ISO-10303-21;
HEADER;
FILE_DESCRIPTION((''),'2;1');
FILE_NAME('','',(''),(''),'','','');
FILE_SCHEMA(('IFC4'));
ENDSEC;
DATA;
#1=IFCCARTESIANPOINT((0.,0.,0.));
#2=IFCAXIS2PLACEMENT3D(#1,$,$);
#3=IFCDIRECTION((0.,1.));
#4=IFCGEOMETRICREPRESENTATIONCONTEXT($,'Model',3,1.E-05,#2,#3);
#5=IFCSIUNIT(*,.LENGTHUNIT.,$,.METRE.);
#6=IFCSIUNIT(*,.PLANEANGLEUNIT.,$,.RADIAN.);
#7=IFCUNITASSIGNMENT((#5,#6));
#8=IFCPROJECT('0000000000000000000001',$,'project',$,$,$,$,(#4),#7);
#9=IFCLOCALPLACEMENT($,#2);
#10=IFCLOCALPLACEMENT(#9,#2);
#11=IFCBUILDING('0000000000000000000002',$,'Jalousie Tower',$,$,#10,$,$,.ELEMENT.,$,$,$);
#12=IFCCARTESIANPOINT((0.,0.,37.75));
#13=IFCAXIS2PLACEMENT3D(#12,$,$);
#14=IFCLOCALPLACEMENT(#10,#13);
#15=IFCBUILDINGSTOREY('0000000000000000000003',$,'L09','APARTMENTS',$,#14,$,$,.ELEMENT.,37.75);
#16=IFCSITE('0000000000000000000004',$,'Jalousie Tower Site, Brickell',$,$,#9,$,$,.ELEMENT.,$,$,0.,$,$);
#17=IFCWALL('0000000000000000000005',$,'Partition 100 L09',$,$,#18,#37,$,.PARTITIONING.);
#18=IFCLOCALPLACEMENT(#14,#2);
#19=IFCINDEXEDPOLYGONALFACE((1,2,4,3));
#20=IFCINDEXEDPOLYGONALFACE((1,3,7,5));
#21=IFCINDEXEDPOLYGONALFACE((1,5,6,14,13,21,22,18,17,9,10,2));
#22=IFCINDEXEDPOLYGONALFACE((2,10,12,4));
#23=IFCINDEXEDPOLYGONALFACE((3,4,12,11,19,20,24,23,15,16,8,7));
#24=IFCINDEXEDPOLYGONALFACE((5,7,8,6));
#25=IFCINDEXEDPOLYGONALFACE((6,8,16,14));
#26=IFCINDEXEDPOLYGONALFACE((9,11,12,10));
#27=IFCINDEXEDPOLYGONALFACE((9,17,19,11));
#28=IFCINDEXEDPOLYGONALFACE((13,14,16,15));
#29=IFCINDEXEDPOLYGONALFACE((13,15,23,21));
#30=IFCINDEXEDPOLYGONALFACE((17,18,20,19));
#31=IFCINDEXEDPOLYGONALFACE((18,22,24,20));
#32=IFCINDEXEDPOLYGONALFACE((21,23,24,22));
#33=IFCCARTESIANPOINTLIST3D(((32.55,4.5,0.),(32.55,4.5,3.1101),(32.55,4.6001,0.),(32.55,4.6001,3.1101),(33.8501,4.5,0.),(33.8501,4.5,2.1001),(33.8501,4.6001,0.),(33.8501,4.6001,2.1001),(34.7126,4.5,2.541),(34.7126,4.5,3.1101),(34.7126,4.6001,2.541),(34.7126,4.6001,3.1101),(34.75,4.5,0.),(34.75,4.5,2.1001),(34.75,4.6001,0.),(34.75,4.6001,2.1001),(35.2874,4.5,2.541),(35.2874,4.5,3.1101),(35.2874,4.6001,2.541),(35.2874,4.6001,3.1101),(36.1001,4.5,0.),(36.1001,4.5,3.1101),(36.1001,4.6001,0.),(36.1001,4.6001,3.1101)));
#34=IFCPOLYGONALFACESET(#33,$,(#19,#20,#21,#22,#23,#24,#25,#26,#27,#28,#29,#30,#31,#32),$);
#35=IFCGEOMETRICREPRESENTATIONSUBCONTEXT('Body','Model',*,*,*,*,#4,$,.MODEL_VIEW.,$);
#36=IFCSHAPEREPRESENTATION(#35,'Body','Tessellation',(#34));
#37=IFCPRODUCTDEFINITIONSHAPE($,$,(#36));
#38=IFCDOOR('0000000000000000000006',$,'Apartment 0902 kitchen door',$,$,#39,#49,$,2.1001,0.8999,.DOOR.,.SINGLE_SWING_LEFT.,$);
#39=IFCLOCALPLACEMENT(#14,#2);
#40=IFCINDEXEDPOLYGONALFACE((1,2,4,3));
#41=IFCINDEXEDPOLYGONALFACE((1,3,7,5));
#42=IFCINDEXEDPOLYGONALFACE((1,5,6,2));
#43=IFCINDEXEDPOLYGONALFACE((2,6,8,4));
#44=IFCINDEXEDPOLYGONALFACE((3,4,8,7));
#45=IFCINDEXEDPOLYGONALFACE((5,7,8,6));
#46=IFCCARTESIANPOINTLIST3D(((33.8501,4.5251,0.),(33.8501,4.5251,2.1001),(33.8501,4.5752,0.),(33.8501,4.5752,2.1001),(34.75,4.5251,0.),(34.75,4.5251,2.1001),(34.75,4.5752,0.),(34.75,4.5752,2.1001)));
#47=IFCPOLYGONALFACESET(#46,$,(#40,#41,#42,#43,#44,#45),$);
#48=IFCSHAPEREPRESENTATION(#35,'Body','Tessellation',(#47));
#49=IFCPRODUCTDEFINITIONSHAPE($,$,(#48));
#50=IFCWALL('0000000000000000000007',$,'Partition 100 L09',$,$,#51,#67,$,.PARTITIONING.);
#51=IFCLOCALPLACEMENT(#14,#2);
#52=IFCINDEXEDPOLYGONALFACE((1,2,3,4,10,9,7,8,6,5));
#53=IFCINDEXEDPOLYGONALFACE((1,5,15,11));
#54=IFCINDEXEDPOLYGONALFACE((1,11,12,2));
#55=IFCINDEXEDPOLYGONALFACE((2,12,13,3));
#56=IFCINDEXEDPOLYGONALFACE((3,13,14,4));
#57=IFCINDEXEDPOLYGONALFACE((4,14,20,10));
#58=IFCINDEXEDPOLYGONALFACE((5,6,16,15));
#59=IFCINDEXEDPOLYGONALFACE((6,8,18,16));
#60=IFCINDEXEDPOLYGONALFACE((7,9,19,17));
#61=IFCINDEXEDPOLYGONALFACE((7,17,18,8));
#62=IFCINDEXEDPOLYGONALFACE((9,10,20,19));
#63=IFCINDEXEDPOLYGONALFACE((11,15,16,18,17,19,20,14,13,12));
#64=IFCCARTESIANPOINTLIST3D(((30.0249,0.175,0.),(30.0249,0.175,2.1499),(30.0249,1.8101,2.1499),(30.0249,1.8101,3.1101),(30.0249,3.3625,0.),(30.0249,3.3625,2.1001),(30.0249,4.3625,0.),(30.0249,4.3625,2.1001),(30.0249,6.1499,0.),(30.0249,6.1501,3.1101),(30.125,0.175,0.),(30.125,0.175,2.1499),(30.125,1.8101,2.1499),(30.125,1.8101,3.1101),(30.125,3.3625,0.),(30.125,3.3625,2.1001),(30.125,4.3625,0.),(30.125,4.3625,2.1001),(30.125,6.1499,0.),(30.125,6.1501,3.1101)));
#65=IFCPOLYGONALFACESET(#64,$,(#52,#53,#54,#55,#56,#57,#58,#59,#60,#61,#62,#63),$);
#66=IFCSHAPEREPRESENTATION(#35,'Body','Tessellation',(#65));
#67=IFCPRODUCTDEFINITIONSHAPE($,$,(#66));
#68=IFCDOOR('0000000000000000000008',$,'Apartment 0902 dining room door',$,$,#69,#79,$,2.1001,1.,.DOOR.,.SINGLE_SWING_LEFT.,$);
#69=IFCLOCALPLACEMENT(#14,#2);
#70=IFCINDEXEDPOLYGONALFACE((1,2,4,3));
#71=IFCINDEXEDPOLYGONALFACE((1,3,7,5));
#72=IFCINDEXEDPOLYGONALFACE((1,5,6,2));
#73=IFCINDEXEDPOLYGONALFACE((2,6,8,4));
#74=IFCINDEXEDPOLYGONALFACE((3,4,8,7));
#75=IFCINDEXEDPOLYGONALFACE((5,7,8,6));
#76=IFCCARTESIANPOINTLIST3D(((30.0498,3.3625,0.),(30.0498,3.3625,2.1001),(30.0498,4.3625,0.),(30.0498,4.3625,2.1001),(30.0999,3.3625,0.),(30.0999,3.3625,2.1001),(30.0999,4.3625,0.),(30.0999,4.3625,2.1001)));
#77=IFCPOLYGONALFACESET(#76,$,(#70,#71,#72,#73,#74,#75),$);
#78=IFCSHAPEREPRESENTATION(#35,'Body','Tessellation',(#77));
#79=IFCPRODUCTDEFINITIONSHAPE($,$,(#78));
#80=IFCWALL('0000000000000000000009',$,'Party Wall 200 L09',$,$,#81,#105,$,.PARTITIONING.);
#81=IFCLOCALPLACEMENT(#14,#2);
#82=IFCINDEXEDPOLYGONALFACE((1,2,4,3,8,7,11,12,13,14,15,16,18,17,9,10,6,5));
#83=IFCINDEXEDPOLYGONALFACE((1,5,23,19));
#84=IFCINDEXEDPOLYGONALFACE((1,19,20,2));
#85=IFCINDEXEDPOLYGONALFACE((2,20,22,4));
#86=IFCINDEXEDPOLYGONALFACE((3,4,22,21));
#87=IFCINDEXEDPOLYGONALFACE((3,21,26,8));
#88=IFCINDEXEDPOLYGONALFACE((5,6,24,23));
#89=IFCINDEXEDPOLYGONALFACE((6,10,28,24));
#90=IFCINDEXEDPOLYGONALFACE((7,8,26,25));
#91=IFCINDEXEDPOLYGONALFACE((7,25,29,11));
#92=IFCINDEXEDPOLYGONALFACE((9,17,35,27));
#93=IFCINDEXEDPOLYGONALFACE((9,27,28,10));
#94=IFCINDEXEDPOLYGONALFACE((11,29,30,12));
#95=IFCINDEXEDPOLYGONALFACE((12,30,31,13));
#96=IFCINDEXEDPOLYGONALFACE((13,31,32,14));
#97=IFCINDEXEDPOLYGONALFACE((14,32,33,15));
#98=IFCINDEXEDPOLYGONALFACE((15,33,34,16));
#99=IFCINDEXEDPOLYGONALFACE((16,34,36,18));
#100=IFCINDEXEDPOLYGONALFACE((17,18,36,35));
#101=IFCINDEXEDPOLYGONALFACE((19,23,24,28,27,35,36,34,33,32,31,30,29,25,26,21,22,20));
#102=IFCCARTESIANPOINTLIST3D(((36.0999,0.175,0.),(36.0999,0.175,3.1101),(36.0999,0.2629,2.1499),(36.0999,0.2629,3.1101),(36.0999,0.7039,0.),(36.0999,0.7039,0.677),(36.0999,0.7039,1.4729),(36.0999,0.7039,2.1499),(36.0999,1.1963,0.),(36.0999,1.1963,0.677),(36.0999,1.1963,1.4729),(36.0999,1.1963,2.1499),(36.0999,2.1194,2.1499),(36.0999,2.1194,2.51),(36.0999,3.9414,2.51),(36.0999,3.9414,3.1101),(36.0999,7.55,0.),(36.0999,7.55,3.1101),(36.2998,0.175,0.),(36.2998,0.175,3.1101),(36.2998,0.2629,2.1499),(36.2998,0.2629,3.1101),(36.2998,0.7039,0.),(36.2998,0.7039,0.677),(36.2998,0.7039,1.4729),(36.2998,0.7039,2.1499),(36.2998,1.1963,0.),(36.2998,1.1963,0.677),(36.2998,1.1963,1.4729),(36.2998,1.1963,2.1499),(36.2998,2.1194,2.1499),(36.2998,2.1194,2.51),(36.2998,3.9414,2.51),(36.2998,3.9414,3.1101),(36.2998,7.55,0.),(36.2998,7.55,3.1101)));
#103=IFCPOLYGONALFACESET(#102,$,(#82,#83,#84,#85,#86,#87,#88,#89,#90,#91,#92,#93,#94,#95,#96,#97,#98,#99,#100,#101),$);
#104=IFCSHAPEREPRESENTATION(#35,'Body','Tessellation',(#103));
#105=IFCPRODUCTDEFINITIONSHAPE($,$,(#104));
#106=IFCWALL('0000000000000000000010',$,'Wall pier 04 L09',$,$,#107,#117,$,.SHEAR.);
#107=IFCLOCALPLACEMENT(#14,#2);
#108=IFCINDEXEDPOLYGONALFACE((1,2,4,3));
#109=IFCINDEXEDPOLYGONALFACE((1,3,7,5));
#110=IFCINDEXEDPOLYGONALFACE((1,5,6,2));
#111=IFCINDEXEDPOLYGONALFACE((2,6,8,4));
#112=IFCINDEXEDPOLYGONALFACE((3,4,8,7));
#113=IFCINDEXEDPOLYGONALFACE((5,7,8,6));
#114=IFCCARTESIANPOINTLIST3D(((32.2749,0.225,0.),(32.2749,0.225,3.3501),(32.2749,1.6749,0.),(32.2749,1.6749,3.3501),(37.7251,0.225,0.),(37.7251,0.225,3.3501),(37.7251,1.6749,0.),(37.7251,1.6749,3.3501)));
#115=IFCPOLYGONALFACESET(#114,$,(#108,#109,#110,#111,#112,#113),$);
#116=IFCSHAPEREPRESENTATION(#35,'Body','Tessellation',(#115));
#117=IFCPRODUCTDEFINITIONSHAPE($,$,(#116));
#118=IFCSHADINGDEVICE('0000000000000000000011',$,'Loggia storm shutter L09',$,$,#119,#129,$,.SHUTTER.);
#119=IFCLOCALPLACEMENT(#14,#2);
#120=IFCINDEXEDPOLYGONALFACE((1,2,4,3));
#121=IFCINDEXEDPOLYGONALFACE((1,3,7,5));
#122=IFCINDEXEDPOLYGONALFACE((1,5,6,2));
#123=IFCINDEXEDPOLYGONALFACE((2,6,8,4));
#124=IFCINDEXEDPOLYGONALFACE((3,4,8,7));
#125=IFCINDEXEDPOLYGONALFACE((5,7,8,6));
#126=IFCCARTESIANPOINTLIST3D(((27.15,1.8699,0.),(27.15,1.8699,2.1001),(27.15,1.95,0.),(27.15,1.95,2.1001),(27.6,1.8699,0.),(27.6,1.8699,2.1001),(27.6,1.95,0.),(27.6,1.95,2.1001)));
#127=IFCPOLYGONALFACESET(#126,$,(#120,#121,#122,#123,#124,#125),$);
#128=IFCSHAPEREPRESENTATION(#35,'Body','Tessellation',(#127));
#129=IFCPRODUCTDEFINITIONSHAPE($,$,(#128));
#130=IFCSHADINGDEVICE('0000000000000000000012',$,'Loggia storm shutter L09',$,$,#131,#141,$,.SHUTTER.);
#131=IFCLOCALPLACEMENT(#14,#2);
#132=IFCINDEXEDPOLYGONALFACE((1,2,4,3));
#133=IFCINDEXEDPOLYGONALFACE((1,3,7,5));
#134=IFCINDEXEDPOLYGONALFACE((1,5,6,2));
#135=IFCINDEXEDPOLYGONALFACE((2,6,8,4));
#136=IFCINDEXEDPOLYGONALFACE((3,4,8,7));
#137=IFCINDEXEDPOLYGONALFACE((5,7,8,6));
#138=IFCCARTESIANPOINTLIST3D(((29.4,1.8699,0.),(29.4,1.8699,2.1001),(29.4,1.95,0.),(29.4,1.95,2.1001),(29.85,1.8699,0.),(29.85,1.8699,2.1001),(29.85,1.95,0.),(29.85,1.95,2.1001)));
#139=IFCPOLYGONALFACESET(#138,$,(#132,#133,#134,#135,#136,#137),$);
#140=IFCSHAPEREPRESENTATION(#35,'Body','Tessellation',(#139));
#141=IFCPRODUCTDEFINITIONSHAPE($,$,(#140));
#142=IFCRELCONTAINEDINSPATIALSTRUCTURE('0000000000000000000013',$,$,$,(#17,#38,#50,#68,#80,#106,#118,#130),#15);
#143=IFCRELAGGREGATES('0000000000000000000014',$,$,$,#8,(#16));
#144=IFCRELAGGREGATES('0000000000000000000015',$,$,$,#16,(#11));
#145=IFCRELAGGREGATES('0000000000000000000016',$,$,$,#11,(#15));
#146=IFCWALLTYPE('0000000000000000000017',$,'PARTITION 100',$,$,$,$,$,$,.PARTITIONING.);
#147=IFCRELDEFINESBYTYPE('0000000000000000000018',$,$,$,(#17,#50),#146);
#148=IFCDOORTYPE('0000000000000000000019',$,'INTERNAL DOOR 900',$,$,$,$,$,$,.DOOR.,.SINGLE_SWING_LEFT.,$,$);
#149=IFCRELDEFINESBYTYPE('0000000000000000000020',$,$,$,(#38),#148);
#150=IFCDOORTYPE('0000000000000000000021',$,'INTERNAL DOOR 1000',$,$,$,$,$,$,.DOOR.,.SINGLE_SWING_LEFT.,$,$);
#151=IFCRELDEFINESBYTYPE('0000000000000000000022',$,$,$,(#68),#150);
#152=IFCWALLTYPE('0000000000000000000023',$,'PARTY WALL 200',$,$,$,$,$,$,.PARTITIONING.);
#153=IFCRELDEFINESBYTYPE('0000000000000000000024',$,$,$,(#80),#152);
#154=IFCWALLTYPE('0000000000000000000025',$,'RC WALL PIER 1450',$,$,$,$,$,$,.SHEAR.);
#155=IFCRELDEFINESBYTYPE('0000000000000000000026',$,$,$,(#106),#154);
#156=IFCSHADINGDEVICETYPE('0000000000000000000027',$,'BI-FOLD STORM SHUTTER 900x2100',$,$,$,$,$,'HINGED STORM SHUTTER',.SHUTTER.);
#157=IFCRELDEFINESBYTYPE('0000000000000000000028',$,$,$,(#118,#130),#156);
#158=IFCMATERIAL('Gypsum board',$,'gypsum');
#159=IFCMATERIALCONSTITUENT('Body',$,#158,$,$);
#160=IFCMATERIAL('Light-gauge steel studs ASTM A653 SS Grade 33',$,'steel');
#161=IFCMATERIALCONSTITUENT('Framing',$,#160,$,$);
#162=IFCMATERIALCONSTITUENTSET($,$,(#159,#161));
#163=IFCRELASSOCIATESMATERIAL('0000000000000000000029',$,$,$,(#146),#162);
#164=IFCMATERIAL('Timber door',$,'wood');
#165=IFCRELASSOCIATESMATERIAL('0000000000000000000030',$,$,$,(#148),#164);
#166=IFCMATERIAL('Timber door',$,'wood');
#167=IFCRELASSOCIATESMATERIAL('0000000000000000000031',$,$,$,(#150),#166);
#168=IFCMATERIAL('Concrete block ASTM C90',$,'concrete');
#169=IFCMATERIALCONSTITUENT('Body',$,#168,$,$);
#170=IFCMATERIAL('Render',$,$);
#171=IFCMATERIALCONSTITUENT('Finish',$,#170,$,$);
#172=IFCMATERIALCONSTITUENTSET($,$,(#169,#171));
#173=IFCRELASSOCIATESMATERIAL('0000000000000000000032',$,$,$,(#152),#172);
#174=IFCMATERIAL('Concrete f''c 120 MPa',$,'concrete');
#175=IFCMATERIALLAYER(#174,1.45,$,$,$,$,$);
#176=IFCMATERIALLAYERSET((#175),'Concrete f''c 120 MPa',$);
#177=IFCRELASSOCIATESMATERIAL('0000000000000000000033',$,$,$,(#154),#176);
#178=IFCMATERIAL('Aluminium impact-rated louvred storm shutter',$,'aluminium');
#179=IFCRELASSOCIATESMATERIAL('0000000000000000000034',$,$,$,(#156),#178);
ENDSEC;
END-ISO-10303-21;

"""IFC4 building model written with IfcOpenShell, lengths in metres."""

from ifc_helpers import new_model, si_unit, direction, frame, frame_2d, origin, origin_2d, place, context, subcontext, project, spatial, polyline, rectangle, outline, extrude, material, layer, layer_set, constituent, constituent_set, type_object, element, fill, save


model = new_model("IFC4")

# Units and contexts
model_context = context("Model", 3, precision=1e-05, world=origin(), true_north=direction((0.0, 1.0)))
body_context = subcontext(model_context, "Body", "Model", "MODEL_VIEW")
ifc_project = project(units=[si_unit("LENGTHUNIT", "METRE"), si_unit("PLANEANGLEUNIT", "RADIAN")], contexts=[model_context])

# Site, building, storey
site_placement = place(None, origin())
site = spatial("IfcSite", under=ifc_project, at=site_placement, Name="Jalousie Tower Site, Brickell", CompositionType="ELEMENT", RefElevation=0.0)
building_placement = place(site_placement, origin())
building = spatial("IfcBuilding", under=site, at=building_placement, Name="Jalousie Tower", CompositionType="ELEMENT")
storey_placement = place(building_placement, frame((0.0, 0.0, 37.75)))
storey = spatial("IfcBuildingStorey", under=building, at=storey_placement, Name="L09", Description="APARTMENTS", CompositionType="ELEMENT", Elevation=37.75)

# Walls, openings, doors
ifc_material_1 = material(Name="Gypsum board", Category="gypsum")
ifc_constituent_1 = constituent(ifc_material_1, Name="Body")
ifc_material_2 = material(Name="Light-gauge steel studs ASTM A653 SS Grade 33", Category="steel")
ifc_constituent_2 = constituent(ifc_material_2, Name="Framing")
ifc_constituent_set_1 = constituent_set(constituents=[ifc_constituent_1, ifc_constituent_2])
wall_type_1 = type_object("IfcWallType", Name="PARTITION 100", PredefinedType="PARTITIONING", material=ifc_constituent_set_1)
wall_1_placement = place(storey_placement, frame((32.55, 4.55, 0.0), z_axis=(0.0, 0.0, 1.0), x_axis=(1.0, 0.0, 0.0)))
wall_1 = element("IfcWall", 1, at=wall_1_placement, inside=storey, type_object=wall_type_1, Name="Partition 100 L09", PredefinedType="PARTITIONING", context=body_context, shape_type="SweptSolid", body=[
    extrude(outline(polyline([(0.0, 0.0), (3.55, 0.0), (3.55, 3.1101), (2.7373, 3.1101), (2.7373, 2.541), (2.1626, 2.541), (2.1626, 3.1101), (0.0, 3.1101), (0.0, 0.0)])), frame((0.0, 0.05, 0.0), z_axis=(0.0, -1.0, 0.0), x_axis=(1.0, 0.0, 0.0)), (0.0, 0.0, 1.0), 0.1001),
])
opening_1_placement = place(wall_1_placement, frame((1.3, 0.0, 0.0)))
opening_1 = element("IfcOpeningElement", 2, at=opening_1_placement, cuts=wall_1, PredefinedType="OPENING", context=body_context, shape_type="SweptSolid", body=[
    extrude(rectangle(XDim=0.8999, YDim=2.1001, at=frame_2d((0.45, 1.05))), frame((0.0, 0.0601, 0.0), z_axis=(0.0, -1.0, 0.0), x_axis=(1.0, 0.0, 0.0)), (0.0, 0.0, 1.0), 0.1201),
])
ifc_material_3 = material(Name="Timber door", Category="wood")
door_type_1 = type_object("IfcDoorType", Name="INTERNAL DOOR 900", OperationType="SINGLE_SWING_LEFT", PredefinedType="DOOR", material=ifc_material_3)
door_1_placement = place(opening_1_placement, frame((0.8999, 0.0, 0.0), z_axis=(0.0, 0.0, 1.0), x_axis=(-1.0, 0.0, 0.0)))
door_1 = element("IfcDoor", 3, at=door_1_placement, inside=storey, type_object=door_type_1, Name="Apartment 0902 kitchen door", OperationType="SINGLE_SWING_LEFT", OverallHeight=2.1001, OverallWidth=0.8999, PredefinedType="DOOR", context=body_context, shape_type="SweptSolid", body=[
    extrude(rectangle(XDim=0.8999, YDim=2.1001, at=frame_2d((0.45, 1.05))), frame((0.0, 0.0249, 0.0), z_axis=(0.0, -1.0, 0.0), x_axis=(1.0, 0.0, 0.0)), (0.0, 0.0, 1.0), 0.05),
])
fill(opening_1, door_1)
wall_2_placement = place(storey_placement, frame((30.075, 0.175, 0.0), z_axis=(0.0, 0.0, 1.0), x_axis=(0.0, 1.0, 0.0)))
wall_2 = element("IfcWall", 4, at=wall_2_placement, inside=storey, type_object=wall_type_1, Name="Partition 100 L09", PredefinedType="PARTITIONING", context=body_context, shape_type="SweptSolid", body=[
    extrude(outline(polyline([(0.0, 0.0), (5.9749, 0.0), (5.9751, 3.1101), (1.635, 3.1101), (1.635, 2.1499), (0.0, 2.1499), (0.0, 3.1101), (0.0, 0.0)])), frame((0.0, 0.05, 0.0), z_axis=(0.0, -1.0, 0.0), x_axis=(1.0, 0.0, 0.0)), (0.0, 0.0, 1.0), 0.1001),
])
opening_2_placement = place(wall_2_placement, frame((3.1875, 0.0, 0.0)))
opening_2 = element("IfcOpeningElement", 5, at=opening_2_placement, cuts=wall_2, PredefinedType="OPENING", context=body_context, shape_type="SweptSolid", body=[
    extrude(rectangle(XDim=1.0, YDim=2.1001, at=frame_2d((0.5, 1.05))), frame((0.0, 0.0601, 0.0), z_axis=(0.0, -1.0, 0.0), x_axis=(1.0, 0.0, 0.0)), (0.0, 0.0, 1.0), 0.1201),
])
ifc_material_4 = material(Name="Timber door", Category="wood")
door_type_2 = type_object("IfcDoorType", Name="INTERNAL DOOR 1000", OperationType="SINGLE_SWING_LEFT", PredefinedType="DOOR", material=ifc_material_4)
door_2_placement = place(opening_2_placement, frame((1.0, 0.0, 0.0), z_axis=(0.0, 0.0, 1.0), x_axis=(-1.0, 0.0, 0.0)))
door_2 = element("IfcDoor", 6, at=door_2_placement, inside=storey, type_object=door_type_2, Name="Apartment 0902 dining room door", OperationType="SINGLE_SWING_LEFT", OverallHeight=2.1001, OverallWidth=1.0, PredefinedType="DOOR", context=body_context, shape_type="SweptSolid", body=[
    extrude(rectangle(XDim=1.0, YDim=2.1001, at=frame_2d((0.5, 1.05))), frame((0.0, 0.0249, 0.0), z_axis=(0.0, -1.0, 0.0), x_axis=(1.0, 0.0, 0.0)), (0.0, 0.0, 1.0), 0.05),
])
fill(opening_2, door_2)

# Walls
ifc_material_5 = material(Name="Concrete block ASTM C90", Category="concrete")
ifc_constituent_3 = constituent(ifc_material_5, Name="Body")
ifc_material_6 = material(Name="Render")
ifc_constituent_4 = constituent(ifc_material_6, Name="Finish")
ifc_constituent_set_2 = constituent_set(constituents=[ifc_constituent_3, ifc_constituent_4])
wall_type_2 = type_object("IfcWallType", Name="PARTY WALL 200", PredefinedType="PARTITIONING", material=ifc_constituent_set_2)
wall_3_placement = place(storey_placement, frame((36.2, 0.175, 0.0), z_axis=(0.0, 0.0, 1.0), x_axis=(0.0, 1.0, 0.0)))
element("IfcWall", 7, at=wall_3_placement, inside=storey, type_object=wall_type_2, Name="Party Wall 200 L09", PredefinedType="PARTITIONING", context=body_context, shape_type="SweptSolid", body=[
    extrude(outline(polyline([(0.0879, 3.1101), (0.0, 3.1101), (0.0, 0.0), (0.5288, 0.0), (0.5288, 0.677), (1.0212, 0.677), (1.0212, 0.0), (7.375, 0.0), (7.375, 3.1101), (3.7664, 3.1101), (3.7664, 2.51), (1.9443, 2.51), (1.9443, 2.1499), (1.0212, 2.1499), (1.0212, 1.4729), (0.5288, 1.4729), (0.5288, 2.1499), (0.0879, 2.1499), (0.0879, 3.1101)])), frame((0.0, 0.1001, 0.0), z_axis=(0.0, -1.0, 0.0), x_axis=(1.0, 0.0, 0.0)), (0.0, 0.0, 1.0), 0.2),
])
ifc_material_7 = material(Name="Concrete f'c 120 MPa", Category="concrete")
ifc_layer_1 = layer(ifc_material_7, 1.45)
ifc_layer_set_1 = layer_set([ifc_layer_1], Name="Concrete f'c 120 MPa")
wall_type_3 = type_object("IfcWallType", Name="RC WALL PIER 1450", PredefinedType="SHEAR", material=ifc_layer_set_1)
wall_4_placement = place(storey_placement, frame((32.2749, 0.95, 0.0), z_axis=(0.0, 0.0, 1.0), x_axis=(1.0, 0.0, 0.0)))
element("IfcWall", 8, at=wall_4_placement, inside=storey, type_object=wall_type_3, Name="Wall pier 04 L09", PredefinedType="SHEAR", context=body_context, shape_type="SweptSolid", body=[
    extrude(rectangle(XDim=5.4502, YDim=1.45, at=frame_2d((2.7251, 0.0))), origin(), (0.0, 0.0, 1.0), 3.3501),
])

# Shading devices
ifc_material_8 = material(Name="Aluminium impact-rated louvred storm shutter", Category="aluminium")
shading_device_type_1 = type_object("IfcShadingDeviceType", Name="BI-FOLD STORM SHUTTER 900x2100", ElementType="HINGED STORM SHUTTER", PredefinedType="SHUTTER", material=ifc_material_8)
for number, where, z_axis, x_axis, name in (
    (9, (27.375, 1.9099, 0.0), (0.0, 0.0, 1.0), (1.0, 0.0, 0.0), "Loggia storm shutter L09"),
    (10, (29.625, 1.9099, 0.0), (0.0, 0.0, 1.0), (1.0, 0.0, 0.0), "Loggia storm shutter L09"),
):
    element("IfcShadingDevice", number, at=place(storey_placement, frame(where, z_axis=z_axis, x_axis=x_axis)), inside=storey, type_object=shading_device_type_1, Name=name, PredefinedType="SHUTTER", context=body_context, shape_type="SweptSolid", body=[
        extrude(rectangle(XDim=0.45, YDim=0.0801, at=origin_2d()), origin(), (0.0, 0.0, 1.0), 2.1001),
    ])

save(model, "model.ifc")
